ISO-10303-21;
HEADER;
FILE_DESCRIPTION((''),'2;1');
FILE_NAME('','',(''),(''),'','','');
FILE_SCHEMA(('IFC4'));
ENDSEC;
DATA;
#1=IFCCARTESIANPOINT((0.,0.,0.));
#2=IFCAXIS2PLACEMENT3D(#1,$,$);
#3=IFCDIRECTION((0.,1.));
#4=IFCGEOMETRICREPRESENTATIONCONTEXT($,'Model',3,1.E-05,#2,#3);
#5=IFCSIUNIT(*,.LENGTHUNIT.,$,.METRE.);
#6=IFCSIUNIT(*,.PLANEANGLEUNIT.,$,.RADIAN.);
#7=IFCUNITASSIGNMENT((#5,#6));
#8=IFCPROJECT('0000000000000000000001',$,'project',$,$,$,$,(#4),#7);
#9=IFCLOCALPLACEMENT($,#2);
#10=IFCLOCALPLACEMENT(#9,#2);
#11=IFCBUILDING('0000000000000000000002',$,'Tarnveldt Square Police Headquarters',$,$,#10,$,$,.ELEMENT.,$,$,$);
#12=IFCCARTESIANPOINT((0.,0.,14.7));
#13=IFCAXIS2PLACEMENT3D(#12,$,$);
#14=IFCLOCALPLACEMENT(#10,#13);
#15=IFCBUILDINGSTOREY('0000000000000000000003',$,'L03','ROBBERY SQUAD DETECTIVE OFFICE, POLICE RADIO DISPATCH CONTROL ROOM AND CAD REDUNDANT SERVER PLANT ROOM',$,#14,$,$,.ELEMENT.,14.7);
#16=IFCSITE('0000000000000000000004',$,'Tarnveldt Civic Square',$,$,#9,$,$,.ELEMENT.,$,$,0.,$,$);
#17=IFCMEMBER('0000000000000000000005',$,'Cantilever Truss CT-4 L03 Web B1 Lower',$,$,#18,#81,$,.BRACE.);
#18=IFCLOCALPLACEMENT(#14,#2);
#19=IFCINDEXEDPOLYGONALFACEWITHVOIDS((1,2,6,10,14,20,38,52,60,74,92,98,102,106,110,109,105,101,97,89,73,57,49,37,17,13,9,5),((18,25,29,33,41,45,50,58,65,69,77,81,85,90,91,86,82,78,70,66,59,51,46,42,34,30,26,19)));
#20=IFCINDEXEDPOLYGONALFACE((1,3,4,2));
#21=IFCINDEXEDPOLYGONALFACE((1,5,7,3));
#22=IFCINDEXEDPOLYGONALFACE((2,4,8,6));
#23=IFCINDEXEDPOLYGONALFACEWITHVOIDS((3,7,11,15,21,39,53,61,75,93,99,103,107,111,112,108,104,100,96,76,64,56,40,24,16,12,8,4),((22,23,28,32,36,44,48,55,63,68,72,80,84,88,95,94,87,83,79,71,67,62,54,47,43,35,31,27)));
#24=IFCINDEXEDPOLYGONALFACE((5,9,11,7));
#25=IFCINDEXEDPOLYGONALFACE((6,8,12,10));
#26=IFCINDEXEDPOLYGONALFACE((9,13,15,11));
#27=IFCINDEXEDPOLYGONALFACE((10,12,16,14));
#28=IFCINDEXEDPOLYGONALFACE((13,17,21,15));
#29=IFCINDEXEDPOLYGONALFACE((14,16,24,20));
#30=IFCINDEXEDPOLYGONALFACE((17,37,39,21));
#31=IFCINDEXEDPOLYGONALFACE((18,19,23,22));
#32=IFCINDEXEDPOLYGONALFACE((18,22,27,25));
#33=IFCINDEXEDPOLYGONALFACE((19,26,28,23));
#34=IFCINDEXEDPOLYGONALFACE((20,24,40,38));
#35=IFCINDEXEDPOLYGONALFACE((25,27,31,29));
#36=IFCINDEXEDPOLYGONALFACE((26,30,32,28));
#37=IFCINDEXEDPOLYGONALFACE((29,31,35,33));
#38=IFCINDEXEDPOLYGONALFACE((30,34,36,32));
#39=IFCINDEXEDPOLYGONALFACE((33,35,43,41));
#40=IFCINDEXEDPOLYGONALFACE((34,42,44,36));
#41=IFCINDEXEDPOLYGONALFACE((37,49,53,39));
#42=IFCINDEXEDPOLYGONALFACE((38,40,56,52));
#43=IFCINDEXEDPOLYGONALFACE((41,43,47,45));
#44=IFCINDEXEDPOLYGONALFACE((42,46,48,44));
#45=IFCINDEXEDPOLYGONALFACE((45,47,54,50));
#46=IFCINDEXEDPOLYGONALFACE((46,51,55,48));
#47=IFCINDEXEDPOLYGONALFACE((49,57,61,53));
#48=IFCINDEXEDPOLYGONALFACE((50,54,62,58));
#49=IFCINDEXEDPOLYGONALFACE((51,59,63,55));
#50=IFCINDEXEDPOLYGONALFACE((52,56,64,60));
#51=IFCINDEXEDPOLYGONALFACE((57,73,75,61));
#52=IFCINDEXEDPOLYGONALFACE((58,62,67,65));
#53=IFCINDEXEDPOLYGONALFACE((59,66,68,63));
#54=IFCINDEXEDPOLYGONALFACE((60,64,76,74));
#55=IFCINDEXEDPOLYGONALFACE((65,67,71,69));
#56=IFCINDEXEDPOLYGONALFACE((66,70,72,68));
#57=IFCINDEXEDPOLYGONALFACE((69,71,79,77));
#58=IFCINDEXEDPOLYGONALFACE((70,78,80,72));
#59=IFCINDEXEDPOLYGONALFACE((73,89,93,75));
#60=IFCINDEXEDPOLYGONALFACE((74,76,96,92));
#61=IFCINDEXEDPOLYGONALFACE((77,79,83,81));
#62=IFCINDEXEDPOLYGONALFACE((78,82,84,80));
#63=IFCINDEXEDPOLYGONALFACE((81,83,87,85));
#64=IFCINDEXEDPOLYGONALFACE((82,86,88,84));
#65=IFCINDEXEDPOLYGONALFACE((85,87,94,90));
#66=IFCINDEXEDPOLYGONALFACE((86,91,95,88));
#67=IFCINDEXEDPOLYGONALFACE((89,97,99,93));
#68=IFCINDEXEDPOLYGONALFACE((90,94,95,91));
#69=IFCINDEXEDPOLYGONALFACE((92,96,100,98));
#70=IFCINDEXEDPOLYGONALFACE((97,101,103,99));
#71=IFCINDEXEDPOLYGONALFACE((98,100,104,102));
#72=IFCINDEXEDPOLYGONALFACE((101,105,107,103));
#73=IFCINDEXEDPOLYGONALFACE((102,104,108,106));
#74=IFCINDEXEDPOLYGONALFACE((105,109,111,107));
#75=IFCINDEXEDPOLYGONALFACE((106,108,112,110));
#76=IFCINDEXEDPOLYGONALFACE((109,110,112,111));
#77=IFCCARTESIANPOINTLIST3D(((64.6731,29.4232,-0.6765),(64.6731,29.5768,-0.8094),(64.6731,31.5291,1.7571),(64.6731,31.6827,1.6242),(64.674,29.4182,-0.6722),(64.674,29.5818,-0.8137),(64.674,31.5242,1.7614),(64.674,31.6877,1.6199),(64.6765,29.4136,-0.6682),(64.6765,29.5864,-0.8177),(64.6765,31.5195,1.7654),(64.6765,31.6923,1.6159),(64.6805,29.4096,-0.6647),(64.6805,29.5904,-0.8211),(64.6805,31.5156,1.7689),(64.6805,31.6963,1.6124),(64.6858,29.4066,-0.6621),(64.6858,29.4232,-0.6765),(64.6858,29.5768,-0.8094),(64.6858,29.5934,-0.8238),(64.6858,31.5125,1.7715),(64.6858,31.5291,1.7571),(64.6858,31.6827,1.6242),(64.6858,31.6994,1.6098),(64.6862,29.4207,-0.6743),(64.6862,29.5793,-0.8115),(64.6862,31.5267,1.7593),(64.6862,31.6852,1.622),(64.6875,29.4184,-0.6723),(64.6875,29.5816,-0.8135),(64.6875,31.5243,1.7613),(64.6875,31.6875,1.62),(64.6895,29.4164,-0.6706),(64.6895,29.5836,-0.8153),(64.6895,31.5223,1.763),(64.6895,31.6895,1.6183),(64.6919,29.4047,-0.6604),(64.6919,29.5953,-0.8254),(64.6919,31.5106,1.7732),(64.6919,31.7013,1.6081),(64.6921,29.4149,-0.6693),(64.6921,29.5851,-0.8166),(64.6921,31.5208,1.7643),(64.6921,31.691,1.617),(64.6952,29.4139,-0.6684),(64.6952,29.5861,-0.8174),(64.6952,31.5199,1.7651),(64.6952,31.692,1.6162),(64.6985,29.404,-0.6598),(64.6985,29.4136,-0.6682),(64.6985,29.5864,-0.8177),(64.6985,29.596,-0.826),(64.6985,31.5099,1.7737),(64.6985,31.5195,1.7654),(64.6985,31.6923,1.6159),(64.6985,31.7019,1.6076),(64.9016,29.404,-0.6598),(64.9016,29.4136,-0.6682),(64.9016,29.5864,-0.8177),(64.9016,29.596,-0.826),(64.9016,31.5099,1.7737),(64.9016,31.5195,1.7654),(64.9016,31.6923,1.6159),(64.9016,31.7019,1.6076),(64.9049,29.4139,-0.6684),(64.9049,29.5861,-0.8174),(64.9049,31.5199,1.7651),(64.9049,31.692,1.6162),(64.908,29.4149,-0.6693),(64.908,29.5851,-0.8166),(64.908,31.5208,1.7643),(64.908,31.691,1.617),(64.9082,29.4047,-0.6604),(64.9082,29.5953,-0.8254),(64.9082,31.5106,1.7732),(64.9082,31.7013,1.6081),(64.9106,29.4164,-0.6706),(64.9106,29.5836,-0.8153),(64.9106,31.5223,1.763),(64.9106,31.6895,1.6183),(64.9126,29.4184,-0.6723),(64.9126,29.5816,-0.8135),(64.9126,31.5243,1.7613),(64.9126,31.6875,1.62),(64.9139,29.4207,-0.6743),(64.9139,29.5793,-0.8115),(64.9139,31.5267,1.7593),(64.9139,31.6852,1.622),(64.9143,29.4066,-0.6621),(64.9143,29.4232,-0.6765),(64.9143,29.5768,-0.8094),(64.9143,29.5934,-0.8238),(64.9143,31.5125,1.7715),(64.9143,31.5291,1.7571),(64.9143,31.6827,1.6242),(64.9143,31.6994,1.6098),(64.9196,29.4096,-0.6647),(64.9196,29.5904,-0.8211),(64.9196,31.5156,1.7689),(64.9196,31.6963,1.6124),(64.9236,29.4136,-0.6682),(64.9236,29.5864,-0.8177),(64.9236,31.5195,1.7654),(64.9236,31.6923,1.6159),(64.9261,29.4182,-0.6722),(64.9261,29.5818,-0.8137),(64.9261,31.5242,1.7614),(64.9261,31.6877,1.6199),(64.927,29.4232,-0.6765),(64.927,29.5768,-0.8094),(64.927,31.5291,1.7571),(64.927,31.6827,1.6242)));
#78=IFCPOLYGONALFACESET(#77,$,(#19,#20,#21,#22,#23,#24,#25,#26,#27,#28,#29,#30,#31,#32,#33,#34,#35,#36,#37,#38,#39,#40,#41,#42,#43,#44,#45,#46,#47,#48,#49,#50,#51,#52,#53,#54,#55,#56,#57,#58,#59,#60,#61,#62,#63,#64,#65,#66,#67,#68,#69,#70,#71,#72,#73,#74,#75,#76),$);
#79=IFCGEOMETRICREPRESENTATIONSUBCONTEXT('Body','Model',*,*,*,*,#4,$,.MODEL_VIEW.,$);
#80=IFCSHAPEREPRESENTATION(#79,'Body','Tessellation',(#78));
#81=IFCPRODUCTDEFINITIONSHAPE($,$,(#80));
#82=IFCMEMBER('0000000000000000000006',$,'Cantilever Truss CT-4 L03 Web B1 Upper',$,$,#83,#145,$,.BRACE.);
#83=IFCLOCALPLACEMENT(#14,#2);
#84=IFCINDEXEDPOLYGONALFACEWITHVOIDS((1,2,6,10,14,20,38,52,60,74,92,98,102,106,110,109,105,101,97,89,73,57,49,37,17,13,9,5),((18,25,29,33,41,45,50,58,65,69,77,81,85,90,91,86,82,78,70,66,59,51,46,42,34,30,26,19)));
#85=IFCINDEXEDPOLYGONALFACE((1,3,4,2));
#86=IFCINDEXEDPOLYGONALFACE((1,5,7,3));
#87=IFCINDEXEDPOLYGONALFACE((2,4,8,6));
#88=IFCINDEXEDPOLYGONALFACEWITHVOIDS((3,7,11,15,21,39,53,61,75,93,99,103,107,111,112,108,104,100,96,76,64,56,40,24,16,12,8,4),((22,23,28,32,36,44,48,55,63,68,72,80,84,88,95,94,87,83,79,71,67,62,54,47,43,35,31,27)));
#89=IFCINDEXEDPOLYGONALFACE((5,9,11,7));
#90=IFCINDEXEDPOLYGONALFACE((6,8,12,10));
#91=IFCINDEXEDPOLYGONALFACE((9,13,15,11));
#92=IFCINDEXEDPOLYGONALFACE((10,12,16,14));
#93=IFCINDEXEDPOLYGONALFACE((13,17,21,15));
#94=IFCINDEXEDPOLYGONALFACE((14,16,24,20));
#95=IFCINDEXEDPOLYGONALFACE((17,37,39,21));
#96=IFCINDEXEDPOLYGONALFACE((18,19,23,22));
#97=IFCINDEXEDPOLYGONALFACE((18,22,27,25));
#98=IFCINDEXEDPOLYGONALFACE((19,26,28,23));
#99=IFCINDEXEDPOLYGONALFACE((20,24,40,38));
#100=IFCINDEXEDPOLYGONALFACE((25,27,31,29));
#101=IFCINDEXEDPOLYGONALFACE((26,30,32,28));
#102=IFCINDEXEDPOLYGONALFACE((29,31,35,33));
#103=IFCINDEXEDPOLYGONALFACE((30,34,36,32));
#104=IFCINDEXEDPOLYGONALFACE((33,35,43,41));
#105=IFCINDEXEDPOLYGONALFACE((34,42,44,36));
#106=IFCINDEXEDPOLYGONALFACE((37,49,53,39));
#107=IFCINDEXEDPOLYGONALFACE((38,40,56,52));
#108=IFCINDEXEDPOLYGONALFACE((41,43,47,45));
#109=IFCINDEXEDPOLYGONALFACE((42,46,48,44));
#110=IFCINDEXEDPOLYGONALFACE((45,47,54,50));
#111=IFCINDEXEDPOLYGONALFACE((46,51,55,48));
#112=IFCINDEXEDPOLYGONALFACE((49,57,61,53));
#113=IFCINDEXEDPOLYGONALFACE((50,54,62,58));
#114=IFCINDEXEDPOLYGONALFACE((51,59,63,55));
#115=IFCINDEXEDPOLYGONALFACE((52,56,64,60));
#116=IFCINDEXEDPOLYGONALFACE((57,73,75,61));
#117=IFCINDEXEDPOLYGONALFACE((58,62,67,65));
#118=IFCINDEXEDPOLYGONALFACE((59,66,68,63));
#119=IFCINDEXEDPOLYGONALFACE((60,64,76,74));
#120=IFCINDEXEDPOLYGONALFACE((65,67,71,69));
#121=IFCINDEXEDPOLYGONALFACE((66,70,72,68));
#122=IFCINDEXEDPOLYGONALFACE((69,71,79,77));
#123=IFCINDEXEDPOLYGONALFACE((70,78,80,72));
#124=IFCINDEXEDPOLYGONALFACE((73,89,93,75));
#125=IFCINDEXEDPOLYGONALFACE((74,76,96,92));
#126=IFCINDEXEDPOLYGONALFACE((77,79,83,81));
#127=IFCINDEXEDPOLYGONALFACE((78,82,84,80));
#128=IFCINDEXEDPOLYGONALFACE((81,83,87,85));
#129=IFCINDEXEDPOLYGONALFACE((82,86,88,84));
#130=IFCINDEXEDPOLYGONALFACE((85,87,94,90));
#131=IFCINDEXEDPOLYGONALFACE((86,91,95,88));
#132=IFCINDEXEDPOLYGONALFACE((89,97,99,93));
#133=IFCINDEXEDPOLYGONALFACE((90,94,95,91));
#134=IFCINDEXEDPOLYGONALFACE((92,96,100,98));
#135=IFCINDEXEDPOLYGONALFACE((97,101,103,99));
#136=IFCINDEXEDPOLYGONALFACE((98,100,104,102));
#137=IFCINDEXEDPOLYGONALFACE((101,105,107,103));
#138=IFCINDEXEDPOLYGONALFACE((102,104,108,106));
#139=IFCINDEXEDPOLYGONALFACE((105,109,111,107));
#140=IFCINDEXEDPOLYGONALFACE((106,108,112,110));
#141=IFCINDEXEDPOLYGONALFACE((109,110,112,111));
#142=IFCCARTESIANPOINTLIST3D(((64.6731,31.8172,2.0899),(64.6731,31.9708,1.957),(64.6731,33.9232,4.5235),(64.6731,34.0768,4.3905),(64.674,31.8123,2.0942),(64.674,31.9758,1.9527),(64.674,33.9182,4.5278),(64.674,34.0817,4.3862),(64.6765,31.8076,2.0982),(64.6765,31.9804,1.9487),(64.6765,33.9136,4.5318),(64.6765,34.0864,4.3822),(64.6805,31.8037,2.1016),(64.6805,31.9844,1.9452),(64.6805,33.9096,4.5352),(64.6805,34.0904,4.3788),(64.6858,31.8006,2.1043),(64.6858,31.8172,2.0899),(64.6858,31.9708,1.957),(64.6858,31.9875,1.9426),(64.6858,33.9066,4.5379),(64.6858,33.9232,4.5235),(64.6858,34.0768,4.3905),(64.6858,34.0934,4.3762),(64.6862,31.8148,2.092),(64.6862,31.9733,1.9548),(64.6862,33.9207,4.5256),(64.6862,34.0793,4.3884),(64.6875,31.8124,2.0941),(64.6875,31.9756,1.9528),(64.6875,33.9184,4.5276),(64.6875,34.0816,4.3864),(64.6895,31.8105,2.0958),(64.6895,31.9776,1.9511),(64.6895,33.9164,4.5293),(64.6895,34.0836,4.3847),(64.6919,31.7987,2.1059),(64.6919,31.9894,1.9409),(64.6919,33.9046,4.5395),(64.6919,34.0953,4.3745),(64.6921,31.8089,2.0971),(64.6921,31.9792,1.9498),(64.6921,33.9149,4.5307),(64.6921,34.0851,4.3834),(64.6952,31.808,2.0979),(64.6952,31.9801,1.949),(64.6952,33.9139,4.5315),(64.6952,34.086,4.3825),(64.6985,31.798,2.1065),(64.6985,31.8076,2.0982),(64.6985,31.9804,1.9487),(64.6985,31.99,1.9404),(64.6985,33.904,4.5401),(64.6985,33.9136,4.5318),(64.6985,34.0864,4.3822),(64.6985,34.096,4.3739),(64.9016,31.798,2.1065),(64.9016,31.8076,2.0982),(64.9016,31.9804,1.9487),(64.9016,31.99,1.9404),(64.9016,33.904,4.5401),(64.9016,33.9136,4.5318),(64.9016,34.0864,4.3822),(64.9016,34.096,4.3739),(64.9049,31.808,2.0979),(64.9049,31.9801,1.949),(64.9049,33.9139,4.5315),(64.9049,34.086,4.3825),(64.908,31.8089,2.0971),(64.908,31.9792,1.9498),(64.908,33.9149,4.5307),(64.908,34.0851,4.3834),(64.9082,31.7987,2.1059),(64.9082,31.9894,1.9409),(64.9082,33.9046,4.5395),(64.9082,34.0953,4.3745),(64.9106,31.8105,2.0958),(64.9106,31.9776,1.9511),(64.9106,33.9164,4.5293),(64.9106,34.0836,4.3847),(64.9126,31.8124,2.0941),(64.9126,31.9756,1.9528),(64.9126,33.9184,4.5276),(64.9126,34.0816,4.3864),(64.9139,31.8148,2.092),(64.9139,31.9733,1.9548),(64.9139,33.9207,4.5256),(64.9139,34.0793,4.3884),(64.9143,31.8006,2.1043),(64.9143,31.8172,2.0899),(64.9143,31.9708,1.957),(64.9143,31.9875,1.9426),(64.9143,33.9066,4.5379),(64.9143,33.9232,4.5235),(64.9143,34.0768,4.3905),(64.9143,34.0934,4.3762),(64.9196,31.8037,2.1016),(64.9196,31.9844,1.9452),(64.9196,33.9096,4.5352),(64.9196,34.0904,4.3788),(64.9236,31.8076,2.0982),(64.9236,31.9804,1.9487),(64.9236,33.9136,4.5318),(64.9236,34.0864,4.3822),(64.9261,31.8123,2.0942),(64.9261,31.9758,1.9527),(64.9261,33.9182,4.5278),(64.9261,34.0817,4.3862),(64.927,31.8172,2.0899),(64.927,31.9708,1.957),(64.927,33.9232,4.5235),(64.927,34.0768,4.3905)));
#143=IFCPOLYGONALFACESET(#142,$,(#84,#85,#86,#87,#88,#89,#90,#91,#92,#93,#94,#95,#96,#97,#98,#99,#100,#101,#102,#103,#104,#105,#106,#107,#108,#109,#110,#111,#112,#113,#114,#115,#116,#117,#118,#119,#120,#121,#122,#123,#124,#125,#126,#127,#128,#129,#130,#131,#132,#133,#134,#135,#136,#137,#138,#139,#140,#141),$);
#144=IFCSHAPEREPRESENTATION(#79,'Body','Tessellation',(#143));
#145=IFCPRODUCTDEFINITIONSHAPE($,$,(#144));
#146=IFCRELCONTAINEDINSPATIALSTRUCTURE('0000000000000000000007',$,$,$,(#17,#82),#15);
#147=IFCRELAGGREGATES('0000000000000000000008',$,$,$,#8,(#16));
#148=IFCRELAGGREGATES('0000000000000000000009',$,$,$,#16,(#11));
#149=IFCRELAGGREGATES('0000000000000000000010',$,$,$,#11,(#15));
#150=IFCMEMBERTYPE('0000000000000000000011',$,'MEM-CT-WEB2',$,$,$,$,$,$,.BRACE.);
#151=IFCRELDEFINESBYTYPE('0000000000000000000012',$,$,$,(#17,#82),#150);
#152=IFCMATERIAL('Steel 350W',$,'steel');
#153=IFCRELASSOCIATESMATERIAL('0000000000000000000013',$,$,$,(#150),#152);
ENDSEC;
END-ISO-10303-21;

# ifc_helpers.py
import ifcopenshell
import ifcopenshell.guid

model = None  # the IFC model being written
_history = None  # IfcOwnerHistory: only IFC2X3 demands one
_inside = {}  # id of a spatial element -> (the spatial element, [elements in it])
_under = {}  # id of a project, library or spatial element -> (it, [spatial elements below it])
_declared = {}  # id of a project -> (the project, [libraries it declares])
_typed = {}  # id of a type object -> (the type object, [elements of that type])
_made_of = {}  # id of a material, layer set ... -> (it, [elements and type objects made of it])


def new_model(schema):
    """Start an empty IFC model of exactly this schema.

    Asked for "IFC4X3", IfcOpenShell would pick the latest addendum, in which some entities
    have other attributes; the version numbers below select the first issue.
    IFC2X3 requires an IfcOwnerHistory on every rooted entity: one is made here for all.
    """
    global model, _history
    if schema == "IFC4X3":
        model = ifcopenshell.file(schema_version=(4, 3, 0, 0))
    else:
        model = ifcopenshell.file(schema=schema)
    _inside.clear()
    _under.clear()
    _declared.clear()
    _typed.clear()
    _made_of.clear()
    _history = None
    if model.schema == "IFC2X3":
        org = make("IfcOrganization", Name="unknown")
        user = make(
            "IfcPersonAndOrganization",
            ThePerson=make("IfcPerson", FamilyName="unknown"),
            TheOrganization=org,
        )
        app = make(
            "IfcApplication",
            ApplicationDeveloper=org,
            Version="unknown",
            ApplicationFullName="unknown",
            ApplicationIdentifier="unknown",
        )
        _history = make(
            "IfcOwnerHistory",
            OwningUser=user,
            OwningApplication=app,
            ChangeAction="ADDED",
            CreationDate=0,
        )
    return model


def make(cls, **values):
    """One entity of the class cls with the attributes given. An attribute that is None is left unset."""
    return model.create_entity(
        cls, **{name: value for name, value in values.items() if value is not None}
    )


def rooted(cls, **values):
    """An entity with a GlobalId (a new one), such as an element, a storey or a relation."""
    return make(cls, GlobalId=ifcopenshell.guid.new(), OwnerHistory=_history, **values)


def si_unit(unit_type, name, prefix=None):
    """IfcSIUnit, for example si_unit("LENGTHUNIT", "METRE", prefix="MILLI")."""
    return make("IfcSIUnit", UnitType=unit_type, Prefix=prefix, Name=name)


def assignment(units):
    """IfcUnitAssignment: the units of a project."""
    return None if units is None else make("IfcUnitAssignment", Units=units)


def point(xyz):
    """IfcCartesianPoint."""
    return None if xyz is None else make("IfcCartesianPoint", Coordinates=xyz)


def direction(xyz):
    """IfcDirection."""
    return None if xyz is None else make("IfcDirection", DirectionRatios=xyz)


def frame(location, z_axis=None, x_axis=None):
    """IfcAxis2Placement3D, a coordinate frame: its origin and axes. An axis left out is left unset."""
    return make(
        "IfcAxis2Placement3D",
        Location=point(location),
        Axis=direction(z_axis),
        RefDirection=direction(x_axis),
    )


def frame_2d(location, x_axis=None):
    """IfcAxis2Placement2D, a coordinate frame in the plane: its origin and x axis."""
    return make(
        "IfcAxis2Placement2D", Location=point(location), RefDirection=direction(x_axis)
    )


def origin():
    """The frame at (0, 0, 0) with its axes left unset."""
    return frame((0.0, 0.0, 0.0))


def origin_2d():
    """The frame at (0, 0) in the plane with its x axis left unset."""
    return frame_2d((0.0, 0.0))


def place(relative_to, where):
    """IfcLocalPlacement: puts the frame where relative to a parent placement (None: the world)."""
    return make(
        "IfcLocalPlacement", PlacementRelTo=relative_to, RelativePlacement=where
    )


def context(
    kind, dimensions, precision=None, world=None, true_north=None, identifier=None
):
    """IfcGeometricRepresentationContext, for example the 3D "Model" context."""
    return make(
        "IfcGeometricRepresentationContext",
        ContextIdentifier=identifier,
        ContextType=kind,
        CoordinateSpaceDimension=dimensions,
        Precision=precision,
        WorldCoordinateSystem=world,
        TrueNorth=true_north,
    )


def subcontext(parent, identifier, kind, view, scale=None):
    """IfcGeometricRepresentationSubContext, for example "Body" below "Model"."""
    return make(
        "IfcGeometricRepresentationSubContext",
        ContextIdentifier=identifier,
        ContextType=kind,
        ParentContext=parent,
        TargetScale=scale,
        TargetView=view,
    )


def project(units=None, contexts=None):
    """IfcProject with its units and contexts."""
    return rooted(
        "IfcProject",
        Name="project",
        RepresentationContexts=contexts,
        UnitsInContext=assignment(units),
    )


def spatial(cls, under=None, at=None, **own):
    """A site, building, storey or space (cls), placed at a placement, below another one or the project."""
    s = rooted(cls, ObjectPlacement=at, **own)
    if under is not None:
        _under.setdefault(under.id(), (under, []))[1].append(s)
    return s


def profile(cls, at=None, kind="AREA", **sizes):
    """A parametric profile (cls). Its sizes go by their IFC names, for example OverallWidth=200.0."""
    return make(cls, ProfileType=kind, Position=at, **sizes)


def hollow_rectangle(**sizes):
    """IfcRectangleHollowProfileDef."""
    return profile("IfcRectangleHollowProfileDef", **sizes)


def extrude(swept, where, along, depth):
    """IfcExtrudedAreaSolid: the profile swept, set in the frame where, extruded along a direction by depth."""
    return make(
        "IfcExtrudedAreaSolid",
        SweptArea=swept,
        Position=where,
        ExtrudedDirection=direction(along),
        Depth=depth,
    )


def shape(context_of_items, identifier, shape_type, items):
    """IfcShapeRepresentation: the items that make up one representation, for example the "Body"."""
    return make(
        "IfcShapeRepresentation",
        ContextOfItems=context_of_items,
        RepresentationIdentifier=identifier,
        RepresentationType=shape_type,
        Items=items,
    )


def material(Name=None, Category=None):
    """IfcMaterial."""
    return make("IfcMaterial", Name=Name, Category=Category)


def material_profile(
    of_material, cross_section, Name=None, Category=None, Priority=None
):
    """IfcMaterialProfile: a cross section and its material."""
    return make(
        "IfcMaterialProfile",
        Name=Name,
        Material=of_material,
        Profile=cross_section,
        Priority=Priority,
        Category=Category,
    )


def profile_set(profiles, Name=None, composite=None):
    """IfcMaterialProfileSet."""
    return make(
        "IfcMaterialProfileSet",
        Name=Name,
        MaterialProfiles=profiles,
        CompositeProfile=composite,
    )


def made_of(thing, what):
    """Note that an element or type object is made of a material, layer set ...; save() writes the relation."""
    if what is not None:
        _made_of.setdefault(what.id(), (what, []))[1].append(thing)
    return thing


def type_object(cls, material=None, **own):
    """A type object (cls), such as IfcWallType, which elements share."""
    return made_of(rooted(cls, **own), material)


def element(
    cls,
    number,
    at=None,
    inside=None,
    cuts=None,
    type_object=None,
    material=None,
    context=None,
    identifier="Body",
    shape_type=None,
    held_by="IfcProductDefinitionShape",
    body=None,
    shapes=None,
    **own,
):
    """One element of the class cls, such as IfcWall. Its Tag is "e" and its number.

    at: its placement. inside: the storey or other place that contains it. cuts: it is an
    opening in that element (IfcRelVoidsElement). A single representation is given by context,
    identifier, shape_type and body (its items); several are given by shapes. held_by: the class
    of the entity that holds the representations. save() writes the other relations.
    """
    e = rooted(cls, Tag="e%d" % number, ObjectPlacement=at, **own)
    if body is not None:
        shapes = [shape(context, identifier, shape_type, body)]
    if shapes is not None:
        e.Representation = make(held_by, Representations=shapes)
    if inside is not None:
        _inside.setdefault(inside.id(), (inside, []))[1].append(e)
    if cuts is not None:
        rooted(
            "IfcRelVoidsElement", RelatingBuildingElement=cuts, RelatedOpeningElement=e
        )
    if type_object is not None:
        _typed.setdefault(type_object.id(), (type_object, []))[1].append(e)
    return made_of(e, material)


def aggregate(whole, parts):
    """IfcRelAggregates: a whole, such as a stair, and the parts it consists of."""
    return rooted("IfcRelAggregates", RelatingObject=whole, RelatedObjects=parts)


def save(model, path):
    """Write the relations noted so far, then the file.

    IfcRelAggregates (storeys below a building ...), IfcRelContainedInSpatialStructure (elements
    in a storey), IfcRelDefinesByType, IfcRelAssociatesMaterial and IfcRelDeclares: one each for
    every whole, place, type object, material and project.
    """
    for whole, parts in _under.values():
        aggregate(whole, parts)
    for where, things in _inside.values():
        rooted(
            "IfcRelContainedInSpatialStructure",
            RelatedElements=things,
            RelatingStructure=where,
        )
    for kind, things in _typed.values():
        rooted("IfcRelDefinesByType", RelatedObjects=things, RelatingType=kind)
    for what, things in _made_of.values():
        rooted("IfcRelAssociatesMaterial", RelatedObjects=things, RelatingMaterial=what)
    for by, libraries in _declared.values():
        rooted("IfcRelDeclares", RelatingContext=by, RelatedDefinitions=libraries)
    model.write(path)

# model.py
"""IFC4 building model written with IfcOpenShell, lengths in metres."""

from ifc_helpers import new_model, si_unit, direction, frame, origin, origin_2d, place, context, subcontext, project, spatial, hollow_rectangle, extrude, material, material_profile, profile_set, type_object, element, save


model = new_model("IFC4")

# Units and contexts
model_context = context("Model", 3, precision=1e-05, world=origin(), true_north=direction((0.0, 1.0)))
body_context = subcontext(model_context, "Body", "Model", "MODEL_VIEW")
ifc_project = project(units=[si_unit("LENGTHUNIT", "METRE"), si_unit("PLANEANGLEUNIT", "RADIAN")], contexts=[model_context])

# Site, building, storey
site_placement = place(None, origin())
site = spatial("IfcSite", under=ifc_project, at=site_placement, Name="Tarnveldt Civic Square", CompositionType="ELEMENT", RefElevation=0.0)
building_placement = place(site_placement, origin())
building = spatial("IfcBuilding", under=site, at=building_placement, Name="Tarnveldt Square Police Headquarters", CompositionType="ELEMENT")
storey_placement = place(building_placement, frame((0.0, 0.0, 14.7)))
storey = spatial("IfcBuildingStorey", under=building, at=storey_placement, Name="L03", Description="ROBBERY SQUAD DETECTIVE OFFICE, POLICE RADIO DISPATCH CONTROL ROOM AND CAD REDUNDANT SERVER PLANT ROOM", CompositionType="ELEMENT", Elevation=14.7)

# Shared definitions
ifc_material_1 = material(Name="Steel 350W", Category="steel")

# Members
ifc_material_profile_1 = material_profile(ifc_material_1, hollow_rectangle(XDim=0.2539, YDim=0.2539, WallThickness=0.0127, InnerFilletRadius=0.0127, OuterFilletRadius=0.0254, at=origin_2d()), Name="HSS254x254x13")
ifc_profile_set_1 = profile_set([ifc_material_profile_1], Name="Steel 350W")
member_type_1 = type_object("IfcMemberType", Name="MEM-CT-WEB2", PredefinedType="BRACE", material=ifc_profile_set_1)
for number, where, z_axis, x_axis, name in (
    (1, (64.8, 29.5, -0.7429), (0.0, 0.65437, 0.756174), (-1.0, 0.0, 0.0), "Cantilever Truss CT-4 L03 Web B1 Lower"),
    (2, (64.8, 31.894, 2.0234), (0.0, 0.65437, 0.756174), (-1.0, 0.0, 0.0), "Cantilever Truss CT-4 L03 Web B1 Upper"),
):
    element("IfcMember", number, at=place(storey_placement, frame(where, z_axis=z_axis, x_axis=x_axis)), inside=storey, type_object=member_type_1, Name=name, PredefinedType="BRACE", context=body_context, shape_type="SweptSolid", body=[
        extrude(hollow_rectangle(XDim=0.2539, YDim=0.2539, WallThickness=0.0127, InnerFilletRadius=0.0127, OuterFilletRadius=0.0254, at=origin_2d()), origin(), (0.0, 0.0, 1.0), 3.2183),
    ])

save(model, "model.ifc")
